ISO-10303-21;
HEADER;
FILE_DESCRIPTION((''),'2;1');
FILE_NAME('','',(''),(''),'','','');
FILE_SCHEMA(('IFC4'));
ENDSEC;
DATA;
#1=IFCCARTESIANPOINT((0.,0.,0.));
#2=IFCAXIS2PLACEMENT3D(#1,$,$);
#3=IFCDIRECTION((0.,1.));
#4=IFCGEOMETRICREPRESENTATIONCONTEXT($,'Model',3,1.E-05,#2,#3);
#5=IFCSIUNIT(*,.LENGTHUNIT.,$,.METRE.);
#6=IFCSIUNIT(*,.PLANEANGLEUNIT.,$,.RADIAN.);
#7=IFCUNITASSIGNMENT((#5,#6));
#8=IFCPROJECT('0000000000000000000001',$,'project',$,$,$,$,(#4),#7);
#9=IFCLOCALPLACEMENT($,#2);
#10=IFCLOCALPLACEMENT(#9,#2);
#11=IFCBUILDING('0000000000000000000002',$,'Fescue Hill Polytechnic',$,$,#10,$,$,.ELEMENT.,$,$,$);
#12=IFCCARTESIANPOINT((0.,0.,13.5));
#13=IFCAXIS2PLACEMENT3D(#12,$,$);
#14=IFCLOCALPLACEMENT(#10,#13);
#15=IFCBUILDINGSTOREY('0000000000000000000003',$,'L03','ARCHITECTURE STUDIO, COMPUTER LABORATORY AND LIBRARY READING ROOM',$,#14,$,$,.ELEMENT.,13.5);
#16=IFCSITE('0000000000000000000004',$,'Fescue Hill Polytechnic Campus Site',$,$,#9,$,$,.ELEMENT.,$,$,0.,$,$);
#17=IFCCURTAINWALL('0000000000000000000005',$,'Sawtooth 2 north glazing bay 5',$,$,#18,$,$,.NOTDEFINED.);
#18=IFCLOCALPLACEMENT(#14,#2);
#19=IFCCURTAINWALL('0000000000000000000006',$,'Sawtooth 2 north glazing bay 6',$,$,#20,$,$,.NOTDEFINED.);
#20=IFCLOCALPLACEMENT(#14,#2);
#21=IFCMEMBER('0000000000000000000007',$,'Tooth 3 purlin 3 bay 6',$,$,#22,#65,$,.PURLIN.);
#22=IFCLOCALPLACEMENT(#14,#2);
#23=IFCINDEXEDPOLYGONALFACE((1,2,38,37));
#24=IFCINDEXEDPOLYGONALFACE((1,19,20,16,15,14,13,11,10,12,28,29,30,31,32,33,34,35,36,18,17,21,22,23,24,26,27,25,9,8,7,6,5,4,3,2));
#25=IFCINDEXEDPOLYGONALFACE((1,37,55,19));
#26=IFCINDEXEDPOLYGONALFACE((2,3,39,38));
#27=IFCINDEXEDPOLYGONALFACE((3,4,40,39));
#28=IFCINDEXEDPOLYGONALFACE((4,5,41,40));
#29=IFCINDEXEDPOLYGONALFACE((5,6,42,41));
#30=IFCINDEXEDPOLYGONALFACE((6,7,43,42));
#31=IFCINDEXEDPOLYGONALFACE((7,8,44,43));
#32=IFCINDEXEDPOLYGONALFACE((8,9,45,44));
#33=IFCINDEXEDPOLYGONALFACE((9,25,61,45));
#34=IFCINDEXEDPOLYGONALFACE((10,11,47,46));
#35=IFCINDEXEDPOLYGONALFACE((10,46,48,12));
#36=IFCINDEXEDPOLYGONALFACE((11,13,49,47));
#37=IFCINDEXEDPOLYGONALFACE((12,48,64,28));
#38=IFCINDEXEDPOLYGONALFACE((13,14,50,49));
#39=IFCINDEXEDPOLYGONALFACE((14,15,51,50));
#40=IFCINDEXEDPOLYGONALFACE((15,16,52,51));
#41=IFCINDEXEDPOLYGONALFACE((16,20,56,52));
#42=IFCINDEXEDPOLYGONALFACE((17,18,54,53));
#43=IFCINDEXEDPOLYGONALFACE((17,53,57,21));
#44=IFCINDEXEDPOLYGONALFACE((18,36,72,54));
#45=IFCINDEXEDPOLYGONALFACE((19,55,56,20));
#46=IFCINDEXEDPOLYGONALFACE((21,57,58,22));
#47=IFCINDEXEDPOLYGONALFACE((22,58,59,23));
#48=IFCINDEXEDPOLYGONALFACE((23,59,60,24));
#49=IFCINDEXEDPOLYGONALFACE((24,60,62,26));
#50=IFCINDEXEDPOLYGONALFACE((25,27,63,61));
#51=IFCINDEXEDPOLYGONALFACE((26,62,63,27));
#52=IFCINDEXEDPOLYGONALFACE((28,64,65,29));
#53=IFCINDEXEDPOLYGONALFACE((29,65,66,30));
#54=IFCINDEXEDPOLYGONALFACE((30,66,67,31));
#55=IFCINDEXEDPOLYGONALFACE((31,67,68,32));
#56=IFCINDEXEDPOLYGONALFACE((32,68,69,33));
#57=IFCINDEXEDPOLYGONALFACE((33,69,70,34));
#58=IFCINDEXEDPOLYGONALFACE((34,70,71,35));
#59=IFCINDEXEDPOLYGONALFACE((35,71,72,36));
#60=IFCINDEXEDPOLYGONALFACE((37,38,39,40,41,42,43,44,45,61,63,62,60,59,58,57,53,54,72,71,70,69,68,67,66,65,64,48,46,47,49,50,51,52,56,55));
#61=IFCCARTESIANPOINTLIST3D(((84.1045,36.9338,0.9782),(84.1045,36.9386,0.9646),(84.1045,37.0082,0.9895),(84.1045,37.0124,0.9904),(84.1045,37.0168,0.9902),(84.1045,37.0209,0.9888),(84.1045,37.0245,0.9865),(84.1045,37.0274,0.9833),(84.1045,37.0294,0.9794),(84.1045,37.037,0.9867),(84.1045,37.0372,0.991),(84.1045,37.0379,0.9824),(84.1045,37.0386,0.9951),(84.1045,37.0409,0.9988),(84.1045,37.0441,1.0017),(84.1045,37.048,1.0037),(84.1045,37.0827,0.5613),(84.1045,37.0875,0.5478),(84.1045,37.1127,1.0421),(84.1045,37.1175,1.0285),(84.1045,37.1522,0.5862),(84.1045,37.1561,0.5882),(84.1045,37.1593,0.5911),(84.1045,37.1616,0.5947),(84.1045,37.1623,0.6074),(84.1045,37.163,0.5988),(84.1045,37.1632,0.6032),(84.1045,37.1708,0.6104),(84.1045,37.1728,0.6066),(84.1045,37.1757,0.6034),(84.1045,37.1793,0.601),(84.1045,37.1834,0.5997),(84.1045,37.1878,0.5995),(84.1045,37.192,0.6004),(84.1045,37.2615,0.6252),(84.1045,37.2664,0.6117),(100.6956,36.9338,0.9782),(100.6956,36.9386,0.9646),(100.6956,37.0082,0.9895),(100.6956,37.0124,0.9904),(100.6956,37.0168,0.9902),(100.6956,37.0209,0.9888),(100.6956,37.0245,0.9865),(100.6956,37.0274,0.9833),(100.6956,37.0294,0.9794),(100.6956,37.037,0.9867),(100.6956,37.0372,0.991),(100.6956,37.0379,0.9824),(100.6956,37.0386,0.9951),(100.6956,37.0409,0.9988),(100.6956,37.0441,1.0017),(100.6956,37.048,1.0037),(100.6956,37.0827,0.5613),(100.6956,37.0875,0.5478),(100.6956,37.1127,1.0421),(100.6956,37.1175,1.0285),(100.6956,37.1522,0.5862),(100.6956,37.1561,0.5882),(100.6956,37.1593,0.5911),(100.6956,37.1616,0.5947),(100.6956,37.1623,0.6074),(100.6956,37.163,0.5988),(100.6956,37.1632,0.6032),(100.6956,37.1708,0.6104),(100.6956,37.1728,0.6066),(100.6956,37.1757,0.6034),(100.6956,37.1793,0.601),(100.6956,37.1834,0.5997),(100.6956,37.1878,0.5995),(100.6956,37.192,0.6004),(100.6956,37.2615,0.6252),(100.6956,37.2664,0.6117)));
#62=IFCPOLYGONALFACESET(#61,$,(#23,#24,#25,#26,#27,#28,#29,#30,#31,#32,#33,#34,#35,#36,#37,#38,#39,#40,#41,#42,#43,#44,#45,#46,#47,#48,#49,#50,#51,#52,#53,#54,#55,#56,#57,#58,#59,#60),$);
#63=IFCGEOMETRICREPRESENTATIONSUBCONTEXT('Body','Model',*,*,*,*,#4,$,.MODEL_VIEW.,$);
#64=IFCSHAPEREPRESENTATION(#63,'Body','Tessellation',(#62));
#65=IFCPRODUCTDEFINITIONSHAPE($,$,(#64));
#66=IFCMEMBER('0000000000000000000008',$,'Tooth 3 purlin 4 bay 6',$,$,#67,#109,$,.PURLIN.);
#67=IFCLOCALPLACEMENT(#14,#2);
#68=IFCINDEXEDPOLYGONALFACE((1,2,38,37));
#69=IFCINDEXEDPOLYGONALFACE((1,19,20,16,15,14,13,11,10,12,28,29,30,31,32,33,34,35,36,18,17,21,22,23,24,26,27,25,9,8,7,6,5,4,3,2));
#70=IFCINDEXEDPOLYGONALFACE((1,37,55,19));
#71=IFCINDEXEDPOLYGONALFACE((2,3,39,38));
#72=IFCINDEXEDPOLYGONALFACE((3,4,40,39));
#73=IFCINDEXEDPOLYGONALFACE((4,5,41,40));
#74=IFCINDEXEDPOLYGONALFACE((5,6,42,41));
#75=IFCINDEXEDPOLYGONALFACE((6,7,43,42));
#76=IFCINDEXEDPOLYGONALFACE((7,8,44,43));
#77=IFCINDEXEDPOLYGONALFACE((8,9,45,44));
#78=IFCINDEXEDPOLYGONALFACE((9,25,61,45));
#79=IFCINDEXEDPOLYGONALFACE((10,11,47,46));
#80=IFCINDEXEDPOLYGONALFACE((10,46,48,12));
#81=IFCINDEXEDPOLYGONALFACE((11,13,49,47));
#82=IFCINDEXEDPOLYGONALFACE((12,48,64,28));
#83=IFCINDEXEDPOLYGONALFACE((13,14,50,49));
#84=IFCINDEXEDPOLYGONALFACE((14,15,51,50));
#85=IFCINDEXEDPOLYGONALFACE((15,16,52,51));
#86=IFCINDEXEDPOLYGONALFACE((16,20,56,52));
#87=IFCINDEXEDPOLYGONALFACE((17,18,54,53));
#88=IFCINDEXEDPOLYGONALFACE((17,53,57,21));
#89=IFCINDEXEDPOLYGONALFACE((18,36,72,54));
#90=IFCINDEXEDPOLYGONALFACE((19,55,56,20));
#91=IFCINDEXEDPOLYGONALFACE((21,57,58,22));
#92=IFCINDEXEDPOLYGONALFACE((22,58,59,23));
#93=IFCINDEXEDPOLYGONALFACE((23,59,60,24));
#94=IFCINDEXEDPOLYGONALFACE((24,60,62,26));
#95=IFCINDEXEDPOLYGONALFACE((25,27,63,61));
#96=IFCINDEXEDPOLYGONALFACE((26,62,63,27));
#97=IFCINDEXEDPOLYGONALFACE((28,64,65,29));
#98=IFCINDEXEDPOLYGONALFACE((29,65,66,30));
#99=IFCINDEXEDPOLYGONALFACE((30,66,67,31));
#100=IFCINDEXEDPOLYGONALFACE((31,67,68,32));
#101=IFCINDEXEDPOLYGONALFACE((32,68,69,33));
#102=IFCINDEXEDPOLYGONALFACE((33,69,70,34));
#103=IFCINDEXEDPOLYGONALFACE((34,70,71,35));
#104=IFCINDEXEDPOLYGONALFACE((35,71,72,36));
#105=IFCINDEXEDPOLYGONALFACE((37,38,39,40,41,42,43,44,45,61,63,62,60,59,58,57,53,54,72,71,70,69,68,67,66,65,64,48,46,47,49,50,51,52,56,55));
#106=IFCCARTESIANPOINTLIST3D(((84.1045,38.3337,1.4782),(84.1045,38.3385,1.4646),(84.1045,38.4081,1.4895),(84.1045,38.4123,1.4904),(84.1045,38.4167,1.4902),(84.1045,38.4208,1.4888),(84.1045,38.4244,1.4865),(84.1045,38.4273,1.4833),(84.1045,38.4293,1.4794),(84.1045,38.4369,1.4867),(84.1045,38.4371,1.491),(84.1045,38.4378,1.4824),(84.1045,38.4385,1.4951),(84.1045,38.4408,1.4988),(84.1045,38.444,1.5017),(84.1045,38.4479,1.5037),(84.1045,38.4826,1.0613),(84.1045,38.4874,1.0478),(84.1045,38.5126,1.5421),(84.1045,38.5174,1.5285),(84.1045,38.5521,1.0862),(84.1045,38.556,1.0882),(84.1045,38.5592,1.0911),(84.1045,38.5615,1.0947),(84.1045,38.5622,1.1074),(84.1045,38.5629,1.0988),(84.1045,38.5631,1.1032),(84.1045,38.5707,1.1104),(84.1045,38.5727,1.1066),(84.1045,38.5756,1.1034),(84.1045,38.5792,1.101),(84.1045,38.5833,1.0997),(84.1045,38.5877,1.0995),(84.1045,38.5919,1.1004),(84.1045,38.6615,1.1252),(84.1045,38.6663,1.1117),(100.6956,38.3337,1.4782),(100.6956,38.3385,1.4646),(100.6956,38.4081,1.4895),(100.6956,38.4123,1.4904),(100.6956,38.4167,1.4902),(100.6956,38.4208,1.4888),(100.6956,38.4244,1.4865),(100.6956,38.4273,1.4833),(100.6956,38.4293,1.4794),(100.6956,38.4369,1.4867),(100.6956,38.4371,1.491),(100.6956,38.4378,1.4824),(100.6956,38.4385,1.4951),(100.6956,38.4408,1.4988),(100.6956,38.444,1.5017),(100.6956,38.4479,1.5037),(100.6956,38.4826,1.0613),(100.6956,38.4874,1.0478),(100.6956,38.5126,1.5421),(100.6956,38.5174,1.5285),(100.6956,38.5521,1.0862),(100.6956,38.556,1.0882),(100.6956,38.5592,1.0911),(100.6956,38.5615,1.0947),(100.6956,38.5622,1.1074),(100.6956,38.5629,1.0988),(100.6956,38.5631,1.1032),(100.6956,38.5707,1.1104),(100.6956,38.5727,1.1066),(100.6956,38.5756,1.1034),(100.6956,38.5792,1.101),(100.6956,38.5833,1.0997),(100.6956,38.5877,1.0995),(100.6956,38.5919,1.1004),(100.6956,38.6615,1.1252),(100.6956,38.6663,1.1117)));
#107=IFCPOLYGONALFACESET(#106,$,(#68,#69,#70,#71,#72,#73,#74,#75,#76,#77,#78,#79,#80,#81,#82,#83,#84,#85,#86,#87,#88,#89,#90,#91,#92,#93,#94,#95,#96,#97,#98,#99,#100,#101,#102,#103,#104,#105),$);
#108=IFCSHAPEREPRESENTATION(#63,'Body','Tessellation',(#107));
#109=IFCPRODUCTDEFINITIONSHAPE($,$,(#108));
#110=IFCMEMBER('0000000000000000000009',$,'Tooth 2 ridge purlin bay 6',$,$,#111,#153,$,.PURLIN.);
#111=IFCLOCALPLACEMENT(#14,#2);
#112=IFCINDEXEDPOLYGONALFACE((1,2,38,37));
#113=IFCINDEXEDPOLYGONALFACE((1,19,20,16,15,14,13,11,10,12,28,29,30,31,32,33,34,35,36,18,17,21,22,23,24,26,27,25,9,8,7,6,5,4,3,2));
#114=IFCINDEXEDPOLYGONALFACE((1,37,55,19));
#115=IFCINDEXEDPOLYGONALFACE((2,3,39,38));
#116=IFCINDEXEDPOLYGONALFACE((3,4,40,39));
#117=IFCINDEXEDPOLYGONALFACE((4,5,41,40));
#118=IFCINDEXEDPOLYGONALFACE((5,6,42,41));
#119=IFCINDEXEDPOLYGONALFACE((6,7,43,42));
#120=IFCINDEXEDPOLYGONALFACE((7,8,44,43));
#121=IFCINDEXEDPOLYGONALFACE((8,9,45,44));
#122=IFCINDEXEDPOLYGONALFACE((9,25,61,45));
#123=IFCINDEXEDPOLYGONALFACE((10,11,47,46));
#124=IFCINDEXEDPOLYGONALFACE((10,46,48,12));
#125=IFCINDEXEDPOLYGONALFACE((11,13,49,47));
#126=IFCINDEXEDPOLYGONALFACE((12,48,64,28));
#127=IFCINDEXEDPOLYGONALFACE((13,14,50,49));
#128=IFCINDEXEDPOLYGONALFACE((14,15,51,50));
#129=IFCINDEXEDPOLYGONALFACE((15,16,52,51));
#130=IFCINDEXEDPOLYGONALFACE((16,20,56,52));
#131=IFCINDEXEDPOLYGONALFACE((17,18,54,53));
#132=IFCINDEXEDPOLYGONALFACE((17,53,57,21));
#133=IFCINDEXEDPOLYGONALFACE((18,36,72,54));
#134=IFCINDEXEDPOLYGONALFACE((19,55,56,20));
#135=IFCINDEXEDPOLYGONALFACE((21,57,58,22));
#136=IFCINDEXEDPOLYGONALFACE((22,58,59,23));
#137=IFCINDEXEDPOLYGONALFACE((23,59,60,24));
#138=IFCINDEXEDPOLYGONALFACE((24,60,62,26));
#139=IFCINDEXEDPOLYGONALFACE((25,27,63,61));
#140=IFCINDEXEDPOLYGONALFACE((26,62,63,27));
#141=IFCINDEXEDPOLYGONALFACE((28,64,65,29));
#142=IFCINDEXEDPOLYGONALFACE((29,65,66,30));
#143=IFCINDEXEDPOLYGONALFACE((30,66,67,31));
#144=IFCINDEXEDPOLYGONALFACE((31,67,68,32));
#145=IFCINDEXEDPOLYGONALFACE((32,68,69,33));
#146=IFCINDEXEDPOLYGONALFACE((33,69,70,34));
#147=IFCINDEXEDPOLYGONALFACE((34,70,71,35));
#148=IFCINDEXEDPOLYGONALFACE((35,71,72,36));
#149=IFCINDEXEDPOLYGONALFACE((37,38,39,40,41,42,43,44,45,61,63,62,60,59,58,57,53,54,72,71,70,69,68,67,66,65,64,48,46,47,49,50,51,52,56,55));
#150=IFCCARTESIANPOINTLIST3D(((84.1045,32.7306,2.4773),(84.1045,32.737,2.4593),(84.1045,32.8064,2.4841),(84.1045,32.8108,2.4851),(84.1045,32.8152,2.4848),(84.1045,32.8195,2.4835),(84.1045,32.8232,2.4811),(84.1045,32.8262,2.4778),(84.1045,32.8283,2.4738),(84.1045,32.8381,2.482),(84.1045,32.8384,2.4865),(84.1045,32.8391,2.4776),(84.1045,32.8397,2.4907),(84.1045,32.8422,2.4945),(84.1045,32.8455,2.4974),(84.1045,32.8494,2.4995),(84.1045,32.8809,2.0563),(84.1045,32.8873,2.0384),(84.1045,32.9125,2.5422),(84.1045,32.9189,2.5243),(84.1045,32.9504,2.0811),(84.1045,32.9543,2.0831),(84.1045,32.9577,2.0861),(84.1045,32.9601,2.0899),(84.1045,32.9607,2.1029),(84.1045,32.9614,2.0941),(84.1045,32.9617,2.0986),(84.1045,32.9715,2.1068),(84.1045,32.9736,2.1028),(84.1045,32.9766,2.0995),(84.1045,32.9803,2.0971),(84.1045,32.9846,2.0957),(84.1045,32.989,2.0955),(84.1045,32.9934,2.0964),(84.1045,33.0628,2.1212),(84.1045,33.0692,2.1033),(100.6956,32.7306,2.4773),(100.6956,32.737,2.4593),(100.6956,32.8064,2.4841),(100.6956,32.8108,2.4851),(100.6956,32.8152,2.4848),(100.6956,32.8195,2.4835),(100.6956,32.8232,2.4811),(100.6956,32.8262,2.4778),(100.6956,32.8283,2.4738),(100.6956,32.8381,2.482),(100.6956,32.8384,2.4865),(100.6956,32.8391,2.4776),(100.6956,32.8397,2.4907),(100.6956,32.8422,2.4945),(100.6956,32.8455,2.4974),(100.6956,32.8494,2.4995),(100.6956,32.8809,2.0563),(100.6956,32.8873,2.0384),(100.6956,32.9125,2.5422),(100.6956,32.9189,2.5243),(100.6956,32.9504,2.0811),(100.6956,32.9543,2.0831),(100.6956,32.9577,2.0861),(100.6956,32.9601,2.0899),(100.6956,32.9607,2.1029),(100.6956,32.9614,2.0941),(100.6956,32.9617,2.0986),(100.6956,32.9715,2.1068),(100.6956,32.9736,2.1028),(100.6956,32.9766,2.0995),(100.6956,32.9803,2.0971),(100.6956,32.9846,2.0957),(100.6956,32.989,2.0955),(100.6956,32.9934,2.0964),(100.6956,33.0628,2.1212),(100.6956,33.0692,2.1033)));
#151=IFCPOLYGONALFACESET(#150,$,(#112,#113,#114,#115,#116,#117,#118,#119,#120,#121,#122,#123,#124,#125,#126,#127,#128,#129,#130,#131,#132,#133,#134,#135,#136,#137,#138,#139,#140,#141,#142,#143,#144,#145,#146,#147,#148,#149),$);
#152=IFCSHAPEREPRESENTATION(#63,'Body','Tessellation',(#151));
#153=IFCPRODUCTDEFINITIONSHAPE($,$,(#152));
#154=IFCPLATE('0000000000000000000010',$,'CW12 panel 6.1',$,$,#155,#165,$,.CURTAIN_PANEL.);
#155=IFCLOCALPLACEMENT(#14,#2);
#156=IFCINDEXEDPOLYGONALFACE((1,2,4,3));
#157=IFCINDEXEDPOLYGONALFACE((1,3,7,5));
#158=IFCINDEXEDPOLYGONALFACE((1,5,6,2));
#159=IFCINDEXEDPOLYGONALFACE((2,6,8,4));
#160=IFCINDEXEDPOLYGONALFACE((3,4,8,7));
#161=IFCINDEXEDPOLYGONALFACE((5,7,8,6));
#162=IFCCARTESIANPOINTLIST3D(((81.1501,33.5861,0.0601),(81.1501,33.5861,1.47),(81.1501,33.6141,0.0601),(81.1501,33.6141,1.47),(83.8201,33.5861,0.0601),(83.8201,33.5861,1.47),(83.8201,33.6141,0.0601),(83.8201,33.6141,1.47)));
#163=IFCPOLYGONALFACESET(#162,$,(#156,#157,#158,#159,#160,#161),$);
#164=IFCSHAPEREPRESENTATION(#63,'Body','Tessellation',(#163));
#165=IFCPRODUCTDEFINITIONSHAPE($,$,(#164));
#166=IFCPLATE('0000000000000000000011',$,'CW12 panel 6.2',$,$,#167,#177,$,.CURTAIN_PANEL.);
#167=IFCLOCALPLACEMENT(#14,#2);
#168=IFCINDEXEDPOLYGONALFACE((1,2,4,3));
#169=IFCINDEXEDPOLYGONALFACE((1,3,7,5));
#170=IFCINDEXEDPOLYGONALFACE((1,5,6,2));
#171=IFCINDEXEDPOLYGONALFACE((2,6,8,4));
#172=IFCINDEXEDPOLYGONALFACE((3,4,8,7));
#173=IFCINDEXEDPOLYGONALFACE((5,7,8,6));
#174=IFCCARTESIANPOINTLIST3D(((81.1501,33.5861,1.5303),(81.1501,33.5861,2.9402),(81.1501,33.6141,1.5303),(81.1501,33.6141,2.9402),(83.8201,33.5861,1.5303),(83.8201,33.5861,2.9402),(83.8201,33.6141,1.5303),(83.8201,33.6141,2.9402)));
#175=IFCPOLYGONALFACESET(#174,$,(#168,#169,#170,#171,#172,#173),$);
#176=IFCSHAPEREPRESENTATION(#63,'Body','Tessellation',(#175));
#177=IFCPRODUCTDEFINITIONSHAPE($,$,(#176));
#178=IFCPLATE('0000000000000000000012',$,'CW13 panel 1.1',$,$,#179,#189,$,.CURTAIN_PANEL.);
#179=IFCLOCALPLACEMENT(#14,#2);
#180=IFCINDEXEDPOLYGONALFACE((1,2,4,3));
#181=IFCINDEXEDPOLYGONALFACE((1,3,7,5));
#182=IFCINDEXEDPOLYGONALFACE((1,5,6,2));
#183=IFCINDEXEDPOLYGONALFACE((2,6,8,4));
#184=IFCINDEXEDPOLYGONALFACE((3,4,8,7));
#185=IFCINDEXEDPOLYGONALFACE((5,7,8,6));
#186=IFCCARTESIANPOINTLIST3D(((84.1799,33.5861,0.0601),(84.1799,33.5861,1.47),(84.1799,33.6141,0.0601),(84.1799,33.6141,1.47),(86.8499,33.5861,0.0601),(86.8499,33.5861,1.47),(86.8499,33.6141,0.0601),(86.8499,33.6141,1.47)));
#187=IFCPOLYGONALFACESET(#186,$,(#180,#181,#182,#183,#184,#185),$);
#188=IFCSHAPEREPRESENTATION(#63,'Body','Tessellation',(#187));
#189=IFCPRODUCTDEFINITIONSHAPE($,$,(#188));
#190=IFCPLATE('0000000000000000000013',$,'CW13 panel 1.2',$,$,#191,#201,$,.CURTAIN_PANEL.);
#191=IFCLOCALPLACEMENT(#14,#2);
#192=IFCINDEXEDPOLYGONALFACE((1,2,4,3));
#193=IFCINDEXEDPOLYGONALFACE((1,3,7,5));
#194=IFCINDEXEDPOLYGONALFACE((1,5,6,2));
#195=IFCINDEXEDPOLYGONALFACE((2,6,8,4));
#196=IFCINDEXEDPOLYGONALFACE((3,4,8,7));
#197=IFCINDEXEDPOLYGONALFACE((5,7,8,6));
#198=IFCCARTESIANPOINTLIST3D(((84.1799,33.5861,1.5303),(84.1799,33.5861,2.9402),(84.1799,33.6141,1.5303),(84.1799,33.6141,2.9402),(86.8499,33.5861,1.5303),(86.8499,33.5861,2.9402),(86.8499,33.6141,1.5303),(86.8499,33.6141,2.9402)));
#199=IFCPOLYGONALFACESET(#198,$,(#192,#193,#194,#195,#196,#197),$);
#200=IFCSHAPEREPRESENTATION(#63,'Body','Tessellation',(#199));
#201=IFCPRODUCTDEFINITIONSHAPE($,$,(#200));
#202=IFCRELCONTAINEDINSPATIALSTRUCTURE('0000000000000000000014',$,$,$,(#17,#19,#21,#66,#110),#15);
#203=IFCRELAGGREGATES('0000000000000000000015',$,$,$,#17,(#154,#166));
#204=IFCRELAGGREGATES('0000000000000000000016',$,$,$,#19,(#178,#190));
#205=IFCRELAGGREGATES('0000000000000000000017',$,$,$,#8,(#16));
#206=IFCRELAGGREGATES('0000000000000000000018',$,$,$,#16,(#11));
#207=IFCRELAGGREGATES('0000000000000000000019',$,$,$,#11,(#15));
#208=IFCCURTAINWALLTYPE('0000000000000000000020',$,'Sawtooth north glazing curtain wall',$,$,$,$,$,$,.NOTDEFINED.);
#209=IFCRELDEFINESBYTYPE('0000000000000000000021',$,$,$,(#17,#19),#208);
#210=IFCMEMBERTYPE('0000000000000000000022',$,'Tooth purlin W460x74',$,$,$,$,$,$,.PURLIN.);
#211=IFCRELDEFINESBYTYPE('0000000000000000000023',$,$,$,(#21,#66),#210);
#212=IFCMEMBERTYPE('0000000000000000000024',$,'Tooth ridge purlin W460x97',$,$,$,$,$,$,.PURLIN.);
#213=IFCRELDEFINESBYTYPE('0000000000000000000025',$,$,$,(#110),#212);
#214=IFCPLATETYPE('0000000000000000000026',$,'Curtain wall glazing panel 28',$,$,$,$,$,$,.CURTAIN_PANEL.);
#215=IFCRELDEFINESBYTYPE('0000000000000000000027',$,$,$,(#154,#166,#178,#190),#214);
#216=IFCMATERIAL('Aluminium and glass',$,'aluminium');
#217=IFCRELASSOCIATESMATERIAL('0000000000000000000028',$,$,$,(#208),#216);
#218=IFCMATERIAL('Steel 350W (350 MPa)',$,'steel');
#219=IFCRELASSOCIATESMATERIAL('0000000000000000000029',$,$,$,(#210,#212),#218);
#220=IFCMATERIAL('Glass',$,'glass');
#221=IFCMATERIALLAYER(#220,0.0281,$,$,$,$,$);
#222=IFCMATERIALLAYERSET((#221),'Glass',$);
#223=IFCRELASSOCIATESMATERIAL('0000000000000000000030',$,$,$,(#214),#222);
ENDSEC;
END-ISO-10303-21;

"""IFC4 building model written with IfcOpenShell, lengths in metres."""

from ifc_helpers import new_model, si_unit, direction, frame, origin, origin_2d, place, context, subcontext, project, spatial, rectangle, i_section, extrude, material, layer, layer_set, material_profile, profile_set, type_object, element, aggregate, save


model = new_model("IFC4")

# Units and contexts
model_context = context("Model", 3, precision=1e-05, world=origin(), true_north=direction((0.0, 1.0)))
body_context = subcontext(model_context, "Body", "Model", "MODEL_VIEW")
ifc_project = project(units=[si_unit("LENGTHUNIT", "METRE"), si_unit("PLANEANGLEUNIT", "RADIAN")], contexts=[model_context])

# Site, building, storey
site_placement = place(None, origin())
site = spatial("IfcSite", under=ifc_project, at=site_placement, Name="Fescue Hill Polytechnic Campus Site", CompositionType="ELEMENT", RefElevation=0.0)
building_placement = place(site_placement, origin())
building = spatial("IfcBuilding", under=site, at=building_placement, Name="Fescue Hill Polytechnic", CompositionType="ELEMENT")
storey_placement = place(building_placement, frame((0.0, 0.0, 13.5)))
storey = spatial("IfcBuildingStorey", under=building, at=storey_placement, Name="L03", Description="ARCHITECTURE STUDIO, COMPUTER LABORATORY AND LIBRARY READING ROOM", CompositionType="ELEMENT", Elevation=13.5)

# Curtain wall
ifc_material_1 = material(Name="Aluminium and glass", Category="aluminium")
curtain_wall_type = type_object("IfcCurtainWallType", Name="Sawtooth north glazing curtain wall", PredefinedType="NOTDEFINED", material=ifc_material_1)
curtain_wall_1_placement = place(storey_placement, origin())
curtain_wall_1 = element("IfcCurtainWall", 1, at=curtain_wall_1_placement, inside=storey, type_object=curtain_wall_type, Name="Sawtooth 2 north glazing bay 5", PredefinedType="NOTDEFINED")

# Curtain wall
curtain_wall_2_placement = place(storey_placement, origin())
curtain_wall_2 = element("IfcCurtainWall", 2, at=curtain_wall_2_placement, inside=storey, type_object=curtain_wall_type, Name="Sawtooth 2 north glazing bay 6", PredefinedType="NOTDEFINED")

# Members
ifc_material_2 = material(Name="Steel 350W (350 MPa)", Category="steel")
ifc_material_profile_1 = material_profile(ifc_material_2, i_section(OverallWidth=0.1899, OverallDepth=0.457, WebThickness=0.009, FlangeThickness=0.0144, FilletRadius=0.0166, at=origin_2d()), Name="W460x74")
ifc_profile_set_1 = profile_set([ifc_material_profile_1], Name="Steel 350W (350 MPa)")
member_type_1 = type_object("IfcMemberType", Name="Tooth purlin W460x74", PredefinedType="PURLIN", material=ifc_profile_set_1)
for number, where, z_axis, x_axis, name in (
    (3, (84.1045, 37.1001, 0.7949), (1.0, 0.0, 0.0), (0.0, 0.941742, 0.336336), "Tooth 3 purlin 3 bay 6"),
    (4, (84.1045, 38.5, 1.2949), (1.0, 0.0, 0.0), (0.0, 0.941742, 0.336336), "Tooth 3 purlin 4 bay 6"),
):
    element("IfcMember", number, at=place(storey_placement, frame(where, z_axis=z_axis, x_axis=x_axis)), inside=storey, type_object=member_type_1, Name=name, PredefinedType="PURLIN", context=body_context, shape_type="SweptSolid", body=[
        extrude(i_section(OverallWidth=0.1899, OverallDepth=0.457, WebThickness=0.009, FlangeThickness=0.0144, FilletRadius=0.0166, at=origin_2d()), origin(), (0.0, 0.0, 1.0), 16.5911),
    ])
ifc_material_profile_2 = material_profile(ifc_material_2, i_section(OverallWidth=0.1931, OverallDepth=0.4661, WebThickness=0.0115, FlangeThickness=0.019, FilletRadius=0.0171, at=origin_2d()), Name="W460x97")
ifc_profile_set_2 = profile_set([ifc_material_profile_2], Name="Steel 350W (350 MPa)")
member_type_2 = type_object("IfcMemberType", Name="Tooth ridge purlin W460x97", PredefinedType="PURLIN", material=ifc_profile_set_2)
member_1_placement = place(storey_placement, frame((84.1045, 32.8999, 2.2903), z_axis=(1.0, 0.0, 0.0), x_axis=(0.0, 0.941742, 0.336336)))
element("IfcMember", 5, at=member_1_placement, inside=storey, type_object=member_type_2, Name="Tooth 2 ridge purlin bay 6", PredefinedType="PURLIN", context=body_context, shape_type="SweptSolid", body=[
    extrude(i_section(OverallWidth=0.1931, OverallDepth=0.4661, WebThickness=0.0115, FlangeThickness=0.019, FilletRadius=0.0171, at=origin_2d()), origin(), (0.0, 0.0, 1.0), 16.5911),
])

# Plates
ifc_material_3 = material(Name="Glass", Category="glass")
ifc_layer = layer(ifc_material_3, 0.0281)
ifc_layer_set = layer_set([ifc_layer], Name="Glass")
plate_type = type_object("IfcPlateType", Name="Curtain wall glazing panel 28", PredefinedType="CURTAIN_PANEL", material=ifc_layer_set)
plate_1_placement = place(storey_placement, frame((82.4851, 33.6001, 0.0601), z_axis=(0.0, 0.0, 1.0), x_axis=(1.0, 0.0, 0.0)))
plate_1 = element("IfcPlate", 6, at=plate_1_placement, type_object=plate_type, Name="CW12 panel 6.1", PredefinedType="CURTAIN_PANEL", context=body_context, shape_type="SweptSolid", body=[
    extrude(rectangle(XDim=2.6699, YDim=0.0281, at=origin_2d()), origin(), (0.0, 0.0, 1.0), 1.4099),
])
plate_2_placement = place(storey_placement, frame((82.4851, 33.6001, 1.5303), z_axis=(0.0, 0.0, 1.0), x_axis=(1.0, 0.0, 0.0)))
plate_2 = element("IfcPlate", 7, at=plate_2_placement, type_object=plate_type, Name="CW12 panel 6.2", PredefinedType="CURTAIN_PANEL", context=body_context, shape_type="SweptSolid", body=[
    extrude(rectangle(XDim=2.6699, YDim=0.0281, at=origin_2d()), origin(), (0.0, 0.0, 1.0), 1.4099),
])
aggregate(curtain_wall_1, [plate_1, plate_2])
plate_3_placement = place(storey_placement, frame((85.5149, 33.6001, 0.0601), z_axis=(0.0, 0.0, 1.0), x_axis=(1.0, 0.0, 0.0)))
plate_3 = element("IfcPlate", 8, at=plate_3_placement, type_object=plate_type, Name="CW13 panel 1.1", PredefinedType="CURTAIN_PANEL", context=body_context, shape_type="SweptSolid", body=[
    extrude(rectangle(XDim=2.6699, YDim=0.0281, at=origin_2d()), origin(), (0.0, 0.0, 1.0), 1.4099),
])
plate_4_placement = place(storey_placement, frame((85.5149, 33.6001, 1.5303), z_axis=(0.0, 0.0, 1.0), x_axis=(1.0, 0.0, 0.0)))
plate_4 = element("IfcPlate", 9, at=plate_4_placement, type_object=plate_type, Name="CW13 panel 1.2", PredefinedType="CURTAIN_PANEL", context=body_context, shape_type="SweptSolid", body=[
    extrude(rectangle(XDim=2.6699, YDim=0.0281, at=origin_2d()), origin(), (0.0, 0.0, 1.0), 1.4099),
])
aggregate(curtain_wall_2, [plate_3, plate_4])

save(model, "model.ifc")
